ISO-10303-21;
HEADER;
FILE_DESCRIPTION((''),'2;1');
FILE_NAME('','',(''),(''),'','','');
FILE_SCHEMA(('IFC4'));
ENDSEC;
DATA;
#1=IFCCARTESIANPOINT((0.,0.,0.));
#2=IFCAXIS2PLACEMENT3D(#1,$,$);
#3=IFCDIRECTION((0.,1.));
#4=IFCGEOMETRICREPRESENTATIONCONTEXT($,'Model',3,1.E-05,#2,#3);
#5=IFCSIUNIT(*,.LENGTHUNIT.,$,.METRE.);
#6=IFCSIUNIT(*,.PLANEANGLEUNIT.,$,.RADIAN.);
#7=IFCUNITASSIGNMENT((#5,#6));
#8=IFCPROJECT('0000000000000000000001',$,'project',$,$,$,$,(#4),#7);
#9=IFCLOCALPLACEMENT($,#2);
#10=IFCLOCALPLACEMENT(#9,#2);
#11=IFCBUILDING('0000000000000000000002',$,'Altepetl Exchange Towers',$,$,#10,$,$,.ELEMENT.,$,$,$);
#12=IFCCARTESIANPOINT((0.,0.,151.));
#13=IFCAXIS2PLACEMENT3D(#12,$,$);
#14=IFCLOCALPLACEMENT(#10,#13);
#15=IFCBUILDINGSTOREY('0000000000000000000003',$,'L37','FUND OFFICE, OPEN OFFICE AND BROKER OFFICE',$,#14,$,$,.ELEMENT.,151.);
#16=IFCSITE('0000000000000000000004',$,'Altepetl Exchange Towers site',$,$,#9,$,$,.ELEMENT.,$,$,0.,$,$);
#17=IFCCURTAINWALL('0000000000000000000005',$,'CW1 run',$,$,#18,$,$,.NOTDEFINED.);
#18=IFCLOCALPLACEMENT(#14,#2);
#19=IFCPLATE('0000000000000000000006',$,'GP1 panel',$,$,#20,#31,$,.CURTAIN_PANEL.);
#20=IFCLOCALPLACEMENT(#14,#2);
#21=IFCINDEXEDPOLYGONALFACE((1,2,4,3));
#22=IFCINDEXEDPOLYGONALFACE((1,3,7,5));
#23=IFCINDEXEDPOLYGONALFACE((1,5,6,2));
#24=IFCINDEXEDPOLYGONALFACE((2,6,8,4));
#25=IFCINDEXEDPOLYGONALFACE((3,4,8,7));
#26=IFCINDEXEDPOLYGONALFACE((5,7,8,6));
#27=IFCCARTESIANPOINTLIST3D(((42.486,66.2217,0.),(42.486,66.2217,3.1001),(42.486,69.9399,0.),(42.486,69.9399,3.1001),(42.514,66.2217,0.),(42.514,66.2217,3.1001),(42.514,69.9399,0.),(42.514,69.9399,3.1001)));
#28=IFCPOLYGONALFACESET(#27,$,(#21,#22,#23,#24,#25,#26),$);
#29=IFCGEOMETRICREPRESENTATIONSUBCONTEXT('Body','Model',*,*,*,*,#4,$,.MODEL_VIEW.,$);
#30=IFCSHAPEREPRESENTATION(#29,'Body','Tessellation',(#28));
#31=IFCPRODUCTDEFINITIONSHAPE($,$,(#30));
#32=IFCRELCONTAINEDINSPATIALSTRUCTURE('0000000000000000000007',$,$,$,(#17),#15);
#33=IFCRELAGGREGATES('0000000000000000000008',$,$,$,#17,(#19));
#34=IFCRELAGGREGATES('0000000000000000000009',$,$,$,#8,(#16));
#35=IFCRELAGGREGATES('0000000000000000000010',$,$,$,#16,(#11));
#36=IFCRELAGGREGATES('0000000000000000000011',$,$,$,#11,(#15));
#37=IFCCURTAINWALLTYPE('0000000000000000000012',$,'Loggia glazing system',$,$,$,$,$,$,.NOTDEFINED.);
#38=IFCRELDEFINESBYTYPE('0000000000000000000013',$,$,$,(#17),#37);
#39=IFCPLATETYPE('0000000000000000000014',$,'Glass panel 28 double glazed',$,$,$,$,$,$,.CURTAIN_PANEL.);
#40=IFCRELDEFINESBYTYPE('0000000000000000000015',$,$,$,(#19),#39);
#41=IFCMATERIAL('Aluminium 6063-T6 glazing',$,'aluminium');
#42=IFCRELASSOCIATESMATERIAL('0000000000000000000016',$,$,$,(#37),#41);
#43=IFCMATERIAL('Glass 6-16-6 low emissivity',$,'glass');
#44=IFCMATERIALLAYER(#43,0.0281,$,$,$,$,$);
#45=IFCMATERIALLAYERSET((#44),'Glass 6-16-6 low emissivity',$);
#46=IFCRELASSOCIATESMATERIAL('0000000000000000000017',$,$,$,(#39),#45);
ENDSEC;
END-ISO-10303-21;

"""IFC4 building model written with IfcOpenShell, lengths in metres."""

from ifc_helpers import new_model, si_unit, direction, frame, origin, origin_2d, place, context, subcontext, project, spatial, rectangle, extrude, material, layer, layer_set, type_object, element, aggregate, save


model = new_model("IFC4")

# Units and contexts
model_context = context("Model", 3, precision=1e-05, world=origin(), true_north=direction((0.0, 1.0)))
body_context = subcontext(model_context, "Body", "Model", "MODEL_VIEW")
ifc_project = project(units=[si_unit("LENGTHUNIT", "METRE"), si_unit("PLANEANGLEUNIT", "RADIAN")], contexts=[model_context])

# Site, building, storey
site_placement = place(None, origin())
site = spatial("IfcSite", under=ifc_project, at=site_placement, Name="Altepetl Exchange Towers site", CompositionType="ELEMENT", RefElevation=0.0)
building_placement = place(site_placement, origin())
building = spatial("IfcBuilding", under=site, at=building_placement, Name="Altepetl Exchange Towers", CompositionType="ELEMENT")
storey_placement = place(building_placement, frame((0.0, 0.0, 151.0)))
storey = spatial("IfcBuildingStorey", under=building, at=storey_placement, Name="L37", Description="FUND OFFICE, OPEN OFFICE AND BROKER OFFICE", CompositionType="ELEMENT", Elevation=151.0)

# Curtain wall
ifc_material_1 = material(Name="Aluminium 6063-T6 glazing", Category="aluminium")
curtain_wall_type = type_object("IfcCurtainWallType", Name="Loggia glazing system", PredefinedType="NOTDEFINED", material=ifc_material_1)
curtain_wall_1_placement = place(storey_placement, origin())
curtain_wall_1 = element("IfcCurtainWall", 1, at=curtain_wall_1_placement, inside=storey, type_object=curtain_wall_type, Name="CW1 run", PredefinedType="NOTDEFINED")

# Plate
ifc_material_2 = material(Name="Glass 6-16-6 low emissivity", Category="glass")
ifc_layer = layer(ifc_material_2, 0.0281)
ifc_layer_set = layer_set([ifc_layer], Name="Glass 6-16-6 low emissivity")
plate_type = type_object("IfcPlateType", Name="Glass panel 28 double glazed", PredefinedType="CURTAIN_PANEL", material=ifc_layer_set)
plate_1_placement = place(storey_placement, frame((42.5, 68.0808, 0.0), z_axis=(0.0, 0.0, 1.0), x_axis=(0.0, -1.0, 0.0)))
plate_1 = element("IfcPlate", 2, at=plate_1_placement, type_object=plate_type, Name="GP1 panel", PredefinedType="CURTAIN_PANEL", context=body_context, shape_type="SweptSolid", body=[
    extrude(rectangle(XDim=3.7183, YDim=0.0281, at=origin_2d()), origin(), (0.0, 0.0, 1.0), 3.1001),
])
aggregate(curtain_wall_1, [plate_1])

save(model, "model.ifc")
